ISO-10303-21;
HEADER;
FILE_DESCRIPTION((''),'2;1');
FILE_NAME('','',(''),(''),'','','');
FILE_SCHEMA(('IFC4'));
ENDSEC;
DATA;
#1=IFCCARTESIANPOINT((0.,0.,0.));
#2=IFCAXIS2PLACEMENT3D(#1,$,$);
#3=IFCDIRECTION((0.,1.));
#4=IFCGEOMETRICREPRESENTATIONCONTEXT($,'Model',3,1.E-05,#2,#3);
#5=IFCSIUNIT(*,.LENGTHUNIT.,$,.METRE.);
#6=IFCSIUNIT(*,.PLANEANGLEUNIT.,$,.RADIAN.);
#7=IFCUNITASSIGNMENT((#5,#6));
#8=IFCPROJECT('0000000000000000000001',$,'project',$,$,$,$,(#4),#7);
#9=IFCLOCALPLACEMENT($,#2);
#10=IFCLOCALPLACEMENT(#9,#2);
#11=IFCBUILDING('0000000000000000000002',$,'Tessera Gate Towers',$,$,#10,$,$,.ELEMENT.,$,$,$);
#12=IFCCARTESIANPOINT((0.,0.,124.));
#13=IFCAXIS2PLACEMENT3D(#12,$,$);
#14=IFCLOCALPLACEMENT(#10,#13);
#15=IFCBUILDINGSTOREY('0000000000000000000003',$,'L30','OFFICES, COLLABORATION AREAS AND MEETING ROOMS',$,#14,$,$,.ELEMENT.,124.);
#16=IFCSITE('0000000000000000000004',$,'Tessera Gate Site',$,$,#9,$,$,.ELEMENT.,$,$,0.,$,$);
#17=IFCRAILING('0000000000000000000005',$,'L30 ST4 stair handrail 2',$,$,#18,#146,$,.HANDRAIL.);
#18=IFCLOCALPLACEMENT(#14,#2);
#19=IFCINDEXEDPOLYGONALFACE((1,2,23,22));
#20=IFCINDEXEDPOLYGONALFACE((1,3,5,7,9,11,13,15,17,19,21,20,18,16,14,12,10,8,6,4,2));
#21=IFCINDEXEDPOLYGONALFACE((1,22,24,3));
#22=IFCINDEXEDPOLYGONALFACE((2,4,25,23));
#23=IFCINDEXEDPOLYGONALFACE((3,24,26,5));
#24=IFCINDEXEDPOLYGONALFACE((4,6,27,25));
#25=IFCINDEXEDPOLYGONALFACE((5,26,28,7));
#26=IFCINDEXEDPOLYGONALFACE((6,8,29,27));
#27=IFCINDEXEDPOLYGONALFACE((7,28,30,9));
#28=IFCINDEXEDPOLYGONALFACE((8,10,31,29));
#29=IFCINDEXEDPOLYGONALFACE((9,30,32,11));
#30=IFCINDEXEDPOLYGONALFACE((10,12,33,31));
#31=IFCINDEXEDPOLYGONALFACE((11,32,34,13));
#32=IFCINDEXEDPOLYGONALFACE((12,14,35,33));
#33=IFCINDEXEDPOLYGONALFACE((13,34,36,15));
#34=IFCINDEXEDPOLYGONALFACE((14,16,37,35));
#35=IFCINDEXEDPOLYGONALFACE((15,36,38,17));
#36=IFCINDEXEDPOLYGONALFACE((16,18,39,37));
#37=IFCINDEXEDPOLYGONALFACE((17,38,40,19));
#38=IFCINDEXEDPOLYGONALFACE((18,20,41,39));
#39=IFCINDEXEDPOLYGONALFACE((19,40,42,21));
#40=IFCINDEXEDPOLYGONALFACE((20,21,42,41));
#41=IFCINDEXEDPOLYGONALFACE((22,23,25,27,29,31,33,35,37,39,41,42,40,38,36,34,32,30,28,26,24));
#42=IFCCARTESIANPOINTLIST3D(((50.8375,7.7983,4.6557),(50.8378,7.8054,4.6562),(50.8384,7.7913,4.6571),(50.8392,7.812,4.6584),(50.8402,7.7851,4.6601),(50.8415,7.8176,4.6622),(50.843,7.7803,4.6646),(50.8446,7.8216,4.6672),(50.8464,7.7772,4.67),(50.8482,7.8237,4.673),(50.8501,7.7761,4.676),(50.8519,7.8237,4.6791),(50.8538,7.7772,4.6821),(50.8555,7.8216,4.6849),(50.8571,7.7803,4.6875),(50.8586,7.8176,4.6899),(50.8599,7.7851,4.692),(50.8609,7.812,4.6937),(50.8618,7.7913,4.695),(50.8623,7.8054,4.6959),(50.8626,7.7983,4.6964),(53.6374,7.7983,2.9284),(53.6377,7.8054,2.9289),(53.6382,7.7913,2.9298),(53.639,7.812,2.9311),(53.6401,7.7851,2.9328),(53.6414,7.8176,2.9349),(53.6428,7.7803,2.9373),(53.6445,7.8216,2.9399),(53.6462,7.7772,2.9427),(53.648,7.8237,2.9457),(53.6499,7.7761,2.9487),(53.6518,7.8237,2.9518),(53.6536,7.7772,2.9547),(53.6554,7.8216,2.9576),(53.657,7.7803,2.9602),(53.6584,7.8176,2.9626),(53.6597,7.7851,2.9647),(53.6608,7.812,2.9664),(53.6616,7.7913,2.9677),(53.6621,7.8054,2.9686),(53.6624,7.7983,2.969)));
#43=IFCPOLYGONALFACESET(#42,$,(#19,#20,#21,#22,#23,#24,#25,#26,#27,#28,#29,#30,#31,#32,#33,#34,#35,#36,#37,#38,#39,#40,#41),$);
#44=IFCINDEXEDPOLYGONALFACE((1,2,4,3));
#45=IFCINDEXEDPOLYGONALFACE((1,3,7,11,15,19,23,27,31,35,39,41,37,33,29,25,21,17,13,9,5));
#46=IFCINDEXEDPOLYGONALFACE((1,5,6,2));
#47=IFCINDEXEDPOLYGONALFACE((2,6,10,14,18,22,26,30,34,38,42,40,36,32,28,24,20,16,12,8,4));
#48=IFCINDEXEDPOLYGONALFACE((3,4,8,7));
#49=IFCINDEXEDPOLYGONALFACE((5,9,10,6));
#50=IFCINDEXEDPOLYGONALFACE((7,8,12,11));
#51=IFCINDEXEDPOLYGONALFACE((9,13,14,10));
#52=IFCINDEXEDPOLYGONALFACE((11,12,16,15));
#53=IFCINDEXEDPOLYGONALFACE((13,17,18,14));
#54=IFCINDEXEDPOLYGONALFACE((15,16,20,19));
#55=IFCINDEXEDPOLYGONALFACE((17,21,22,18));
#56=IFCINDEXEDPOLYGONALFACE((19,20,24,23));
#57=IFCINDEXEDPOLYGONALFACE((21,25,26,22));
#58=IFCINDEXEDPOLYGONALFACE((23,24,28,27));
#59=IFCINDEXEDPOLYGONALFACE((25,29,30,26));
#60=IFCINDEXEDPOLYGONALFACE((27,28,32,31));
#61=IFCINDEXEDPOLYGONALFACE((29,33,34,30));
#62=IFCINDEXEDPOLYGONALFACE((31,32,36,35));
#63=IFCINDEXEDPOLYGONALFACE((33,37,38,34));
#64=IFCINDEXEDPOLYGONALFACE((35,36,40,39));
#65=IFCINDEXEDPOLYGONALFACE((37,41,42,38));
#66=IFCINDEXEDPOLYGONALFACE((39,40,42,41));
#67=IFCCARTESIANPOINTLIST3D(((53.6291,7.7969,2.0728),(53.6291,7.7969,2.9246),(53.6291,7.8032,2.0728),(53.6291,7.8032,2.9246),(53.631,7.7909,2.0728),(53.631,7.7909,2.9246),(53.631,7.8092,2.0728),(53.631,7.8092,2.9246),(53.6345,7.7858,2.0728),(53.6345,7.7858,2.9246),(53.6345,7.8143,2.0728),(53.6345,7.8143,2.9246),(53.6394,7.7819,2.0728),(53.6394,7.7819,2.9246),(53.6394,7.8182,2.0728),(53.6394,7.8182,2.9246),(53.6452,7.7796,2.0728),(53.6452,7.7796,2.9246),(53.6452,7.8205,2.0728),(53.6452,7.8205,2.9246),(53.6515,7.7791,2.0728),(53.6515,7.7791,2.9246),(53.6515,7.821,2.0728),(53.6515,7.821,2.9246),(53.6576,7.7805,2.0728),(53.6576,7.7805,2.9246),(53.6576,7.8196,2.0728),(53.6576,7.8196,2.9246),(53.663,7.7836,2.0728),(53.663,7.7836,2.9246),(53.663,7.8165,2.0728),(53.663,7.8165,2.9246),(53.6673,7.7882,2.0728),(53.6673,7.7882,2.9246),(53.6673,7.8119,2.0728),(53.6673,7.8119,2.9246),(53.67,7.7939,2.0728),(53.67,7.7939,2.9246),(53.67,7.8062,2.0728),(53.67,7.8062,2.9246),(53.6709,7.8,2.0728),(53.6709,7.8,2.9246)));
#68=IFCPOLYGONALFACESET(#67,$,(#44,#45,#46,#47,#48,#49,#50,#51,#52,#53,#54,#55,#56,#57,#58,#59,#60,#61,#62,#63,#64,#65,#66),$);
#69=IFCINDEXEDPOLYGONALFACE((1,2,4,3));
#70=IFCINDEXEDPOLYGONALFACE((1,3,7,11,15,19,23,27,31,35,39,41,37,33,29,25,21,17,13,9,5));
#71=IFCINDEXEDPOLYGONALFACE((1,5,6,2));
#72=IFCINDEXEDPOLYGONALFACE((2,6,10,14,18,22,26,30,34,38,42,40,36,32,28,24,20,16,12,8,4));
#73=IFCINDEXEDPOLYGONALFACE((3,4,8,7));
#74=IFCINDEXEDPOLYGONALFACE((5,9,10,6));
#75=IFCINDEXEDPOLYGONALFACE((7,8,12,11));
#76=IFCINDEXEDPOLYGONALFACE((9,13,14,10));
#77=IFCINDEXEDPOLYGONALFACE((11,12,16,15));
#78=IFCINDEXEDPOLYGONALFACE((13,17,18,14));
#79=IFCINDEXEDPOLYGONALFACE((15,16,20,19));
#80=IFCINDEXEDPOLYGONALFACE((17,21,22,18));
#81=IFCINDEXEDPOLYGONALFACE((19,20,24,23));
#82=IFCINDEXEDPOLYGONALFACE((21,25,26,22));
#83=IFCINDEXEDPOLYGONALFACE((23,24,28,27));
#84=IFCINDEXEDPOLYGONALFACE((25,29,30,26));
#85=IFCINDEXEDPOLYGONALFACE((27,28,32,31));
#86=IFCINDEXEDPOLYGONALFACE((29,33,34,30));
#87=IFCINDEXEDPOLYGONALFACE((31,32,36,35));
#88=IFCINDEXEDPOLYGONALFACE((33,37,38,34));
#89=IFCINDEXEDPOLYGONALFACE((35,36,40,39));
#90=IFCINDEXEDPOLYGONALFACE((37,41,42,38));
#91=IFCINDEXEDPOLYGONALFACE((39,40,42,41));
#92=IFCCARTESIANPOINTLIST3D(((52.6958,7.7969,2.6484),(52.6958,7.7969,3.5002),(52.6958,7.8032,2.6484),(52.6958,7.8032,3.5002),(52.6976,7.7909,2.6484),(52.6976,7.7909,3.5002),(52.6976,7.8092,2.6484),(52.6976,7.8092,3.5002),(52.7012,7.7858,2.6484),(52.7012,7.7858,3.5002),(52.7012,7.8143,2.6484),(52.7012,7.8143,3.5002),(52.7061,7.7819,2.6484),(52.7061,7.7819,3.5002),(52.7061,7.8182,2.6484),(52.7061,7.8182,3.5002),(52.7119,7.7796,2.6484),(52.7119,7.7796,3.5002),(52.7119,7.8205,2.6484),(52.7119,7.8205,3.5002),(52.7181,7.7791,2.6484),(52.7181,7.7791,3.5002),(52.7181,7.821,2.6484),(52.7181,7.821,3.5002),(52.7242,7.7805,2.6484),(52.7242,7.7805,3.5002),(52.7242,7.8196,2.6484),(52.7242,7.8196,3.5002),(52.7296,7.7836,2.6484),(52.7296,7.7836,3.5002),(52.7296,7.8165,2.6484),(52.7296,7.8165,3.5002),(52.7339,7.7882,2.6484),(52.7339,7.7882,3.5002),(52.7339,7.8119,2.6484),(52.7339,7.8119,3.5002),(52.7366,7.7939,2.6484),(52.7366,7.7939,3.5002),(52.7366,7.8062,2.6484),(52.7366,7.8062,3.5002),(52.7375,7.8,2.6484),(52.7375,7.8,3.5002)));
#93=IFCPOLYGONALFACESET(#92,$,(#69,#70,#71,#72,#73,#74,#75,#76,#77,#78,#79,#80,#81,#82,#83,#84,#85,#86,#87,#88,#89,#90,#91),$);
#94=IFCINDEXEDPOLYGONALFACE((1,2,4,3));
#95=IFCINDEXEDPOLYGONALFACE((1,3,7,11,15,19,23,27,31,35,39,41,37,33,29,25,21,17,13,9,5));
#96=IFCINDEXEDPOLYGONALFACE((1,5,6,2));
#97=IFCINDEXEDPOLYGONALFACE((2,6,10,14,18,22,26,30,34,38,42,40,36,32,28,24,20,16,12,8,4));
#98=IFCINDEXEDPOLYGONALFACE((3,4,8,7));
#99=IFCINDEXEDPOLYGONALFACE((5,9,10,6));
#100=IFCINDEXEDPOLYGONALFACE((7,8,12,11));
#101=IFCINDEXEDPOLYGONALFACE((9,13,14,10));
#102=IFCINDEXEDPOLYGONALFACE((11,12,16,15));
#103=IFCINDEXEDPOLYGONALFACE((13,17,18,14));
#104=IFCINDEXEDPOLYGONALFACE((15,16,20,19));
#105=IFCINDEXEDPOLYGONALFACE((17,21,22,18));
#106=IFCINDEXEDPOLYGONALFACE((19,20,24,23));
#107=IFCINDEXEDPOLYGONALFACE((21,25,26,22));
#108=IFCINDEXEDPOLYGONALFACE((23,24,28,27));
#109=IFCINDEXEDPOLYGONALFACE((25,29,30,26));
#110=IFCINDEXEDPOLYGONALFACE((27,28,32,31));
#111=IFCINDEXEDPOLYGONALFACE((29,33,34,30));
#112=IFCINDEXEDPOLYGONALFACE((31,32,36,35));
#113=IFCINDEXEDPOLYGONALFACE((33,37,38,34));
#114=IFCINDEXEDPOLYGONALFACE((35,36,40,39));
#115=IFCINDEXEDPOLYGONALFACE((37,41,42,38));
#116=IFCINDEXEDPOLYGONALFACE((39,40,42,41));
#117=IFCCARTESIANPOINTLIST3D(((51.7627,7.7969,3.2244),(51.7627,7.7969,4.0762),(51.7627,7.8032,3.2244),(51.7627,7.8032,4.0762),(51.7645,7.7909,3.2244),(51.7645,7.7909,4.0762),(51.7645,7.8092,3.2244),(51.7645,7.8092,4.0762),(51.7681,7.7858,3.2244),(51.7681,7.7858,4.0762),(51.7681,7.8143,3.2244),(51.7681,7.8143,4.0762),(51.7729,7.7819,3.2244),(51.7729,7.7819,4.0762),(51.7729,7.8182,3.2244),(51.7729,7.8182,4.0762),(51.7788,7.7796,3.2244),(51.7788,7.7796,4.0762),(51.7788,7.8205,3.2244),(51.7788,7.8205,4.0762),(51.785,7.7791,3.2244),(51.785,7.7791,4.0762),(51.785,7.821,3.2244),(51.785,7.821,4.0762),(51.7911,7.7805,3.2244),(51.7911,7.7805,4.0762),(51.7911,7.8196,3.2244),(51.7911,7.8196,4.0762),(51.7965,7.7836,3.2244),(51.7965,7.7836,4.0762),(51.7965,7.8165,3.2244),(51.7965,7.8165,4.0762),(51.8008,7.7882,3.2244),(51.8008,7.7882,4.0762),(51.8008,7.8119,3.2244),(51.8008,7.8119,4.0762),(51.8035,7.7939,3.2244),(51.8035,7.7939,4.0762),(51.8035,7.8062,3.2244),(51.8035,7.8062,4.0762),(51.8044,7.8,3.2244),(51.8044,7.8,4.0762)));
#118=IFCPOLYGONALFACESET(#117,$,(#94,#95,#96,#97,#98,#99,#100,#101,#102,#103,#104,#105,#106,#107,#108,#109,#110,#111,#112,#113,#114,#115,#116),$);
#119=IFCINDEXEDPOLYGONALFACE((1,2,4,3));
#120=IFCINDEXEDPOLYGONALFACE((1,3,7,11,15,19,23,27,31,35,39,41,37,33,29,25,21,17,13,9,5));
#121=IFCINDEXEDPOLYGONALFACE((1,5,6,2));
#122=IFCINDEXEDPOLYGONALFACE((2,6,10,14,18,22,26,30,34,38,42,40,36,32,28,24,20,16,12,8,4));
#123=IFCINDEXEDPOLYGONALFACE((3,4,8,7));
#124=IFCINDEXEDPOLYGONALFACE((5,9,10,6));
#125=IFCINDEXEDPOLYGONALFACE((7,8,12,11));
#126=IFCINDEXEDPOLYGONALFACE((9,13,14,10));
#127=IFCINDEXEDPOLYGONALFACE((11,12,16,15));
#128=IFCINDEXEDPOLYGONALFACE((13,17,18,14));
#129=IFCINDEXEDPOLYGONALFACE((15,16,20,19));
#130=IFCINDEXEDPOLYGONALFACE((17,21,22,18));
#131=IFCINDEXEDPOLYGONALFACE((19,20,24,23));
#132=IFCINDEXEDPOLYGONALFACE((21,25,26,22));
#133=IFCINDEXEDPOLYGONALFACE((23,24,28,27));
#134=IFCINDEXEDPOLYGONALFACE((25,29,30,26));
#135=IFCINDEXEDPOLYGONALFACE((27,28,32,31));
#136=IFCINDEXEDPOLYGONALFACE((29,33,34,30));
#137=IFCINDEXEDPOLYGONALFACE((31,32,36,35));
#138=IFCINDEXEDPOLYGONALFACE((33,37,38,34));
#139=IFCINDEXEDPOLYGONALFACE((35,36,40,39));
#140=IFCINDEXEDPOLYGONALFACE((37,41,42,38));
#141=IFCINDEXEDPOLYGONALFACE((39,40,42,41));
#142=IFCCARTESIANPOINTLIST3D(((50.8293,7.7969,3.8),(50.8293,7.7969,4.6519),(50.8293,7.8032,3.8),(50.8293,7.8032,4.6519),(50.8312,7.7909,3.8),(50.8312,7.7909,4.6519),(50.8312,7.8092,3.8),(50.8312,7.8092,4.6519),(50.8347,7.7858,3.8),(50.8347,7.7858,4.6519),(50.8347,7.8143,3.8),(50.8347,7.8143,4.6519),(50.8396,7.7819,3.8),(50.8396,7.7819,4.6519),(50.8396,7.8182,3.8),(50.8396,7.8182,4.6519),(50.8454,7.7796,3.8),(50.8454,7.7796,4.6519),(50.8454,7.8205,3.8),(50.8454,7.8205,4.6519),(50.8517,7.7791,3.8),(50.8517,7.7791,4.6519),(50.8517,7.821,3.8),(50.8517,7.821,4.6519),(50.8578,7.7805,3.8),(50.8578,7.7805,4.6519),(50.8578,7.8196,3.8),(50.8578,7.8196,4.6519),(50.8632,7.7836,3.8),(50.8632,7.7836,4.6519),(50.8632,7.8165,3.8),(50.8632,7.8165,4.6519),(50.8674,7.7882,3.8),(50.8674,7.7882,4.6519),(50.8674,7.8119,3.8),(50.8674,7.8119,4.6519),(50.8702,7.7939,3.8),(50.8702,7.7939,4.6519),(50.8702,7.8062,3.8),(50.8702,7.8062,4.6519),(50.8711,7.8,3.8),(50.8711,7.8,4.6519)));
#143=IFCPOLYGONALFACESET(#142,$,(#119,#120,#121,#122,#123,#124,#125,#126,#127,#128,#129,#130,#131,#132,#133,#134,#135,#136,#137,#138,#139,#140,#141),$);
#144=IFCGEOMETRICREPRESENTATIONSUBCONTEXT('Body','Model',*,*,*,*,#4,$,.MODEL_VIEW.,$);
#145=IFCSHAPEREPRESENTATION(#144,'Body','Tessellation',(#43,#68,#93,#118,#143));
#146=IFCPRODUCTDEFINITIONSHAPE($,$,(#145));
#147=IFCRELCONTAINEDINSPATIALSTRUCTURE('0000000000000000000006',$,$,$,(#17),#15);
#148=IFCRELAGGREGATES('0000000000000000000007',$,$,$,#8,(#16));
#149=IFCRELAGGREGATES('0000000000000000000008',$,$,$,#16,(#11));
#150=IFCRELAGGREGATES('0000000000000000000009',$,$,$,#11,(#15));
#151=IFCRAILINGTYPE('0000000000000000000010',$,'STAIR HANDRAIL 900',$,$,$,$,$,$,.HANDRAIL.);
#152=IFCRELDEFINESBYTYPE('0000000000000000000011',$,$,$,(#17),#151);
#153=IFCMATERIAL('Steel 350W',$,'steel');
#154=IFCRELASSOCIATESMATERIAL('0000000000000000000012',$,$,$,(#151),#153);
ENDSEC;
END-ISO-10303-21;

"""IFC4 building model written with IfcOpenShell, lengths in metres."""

from ifc_helpers import new_model, si_unit, direction, frame, origin, origin_2d, place, context, subcontext, project, spatial, circle, extrude, material, type_object, element, save


model = new_model("IFC4")

# Units and contexts
model_context = context("Model", 3, precision=1e-05, world=origin(), true_north=direction((0.0, 1.0)))
body_context = subcontext(model_context, "Body", "Model", "MODEL_VIEW")
ifc_project = project(units=[si_unit("LENGTHUNIT", "METRE"), si_unit("PLANEANGLEUNIT", "RADIAN")], contexts=[model_context])

# Site, building, storey
site_placement = place(None, origin())
site = spatial("IfcSite", under=ifc_project, at=site_placement, Name="Tessera Gate Site", CompositionType="ELEMENT", RefElevation=0.0)
building_placement = place(site_placement, origin())
building = spatial("IfcBuilding", under=site, at=building_placement, Name="Tessera Gate Towers", CompositionType="ELEMENT")
storey_placement = place(building_placement, frame((0.0, 0.0, 124.0)))
storey = spatial("IfcBuildingStorey", under=building, at=storey_placement, Name="L30", Description="OFFICES, COLLABORATION AREAS AND MEETING ROOMS", CompositionType="ELEMENT", Elevation=124.0)

# Railing
ifc_material_1 = material(Name="Steel 350W", Category="steel")
railing_type_1 = type_object("IfcRailingType", Name="STAIR HANDRAIL 900", PredefinedType="HANDRAIL", material=ifc_material_1)
railing_1_placement = place(storey_placement, frame((53.6499, 7.8, 2.0728)))
element("IfcRailing", 1, at=railing_1_placement, inside=storey, type_object=railing_type_1, Name="L30 ST4 stair handrail 2", PredefinedType="HANDRAIL", context=body_context, shape_type="SweptSolid", body=[
    extrude(circle(Radius=0.0239, at=origin_2d()), frame((0.0, 0.0, 0.876), z_axis=(-0.851069, 0.0, 0.525054), x_axis=(0.0, -1.0, 0.0)), (0.0, 0.0, 1.0), 3.2898),
    extrude(circle(Radius=0.021, at=origin_2d()), origin(), (0.0, 0.0, 1.0), 0.8518),
    extrude(circle(Radius=0.021, at=origin_2d()), frame((-0.9333, 0.0, 0.5757)), (0.0, 0.0, 1.0), 0.8518),
    extrude(circle(Radius=0.021, at=origin_2d()), frame((-1.8665, 0.0, 1.1516)), (0.0, 0.0, 1.0), 0.8518),
    extrude(circle(Radius=0.021, at=origin_2d()), frame((-2.7998, 0.0, 1.7273)), (0.0, 0.0, 1.0), 0.8518),
])

save(model, "model.ifc")
